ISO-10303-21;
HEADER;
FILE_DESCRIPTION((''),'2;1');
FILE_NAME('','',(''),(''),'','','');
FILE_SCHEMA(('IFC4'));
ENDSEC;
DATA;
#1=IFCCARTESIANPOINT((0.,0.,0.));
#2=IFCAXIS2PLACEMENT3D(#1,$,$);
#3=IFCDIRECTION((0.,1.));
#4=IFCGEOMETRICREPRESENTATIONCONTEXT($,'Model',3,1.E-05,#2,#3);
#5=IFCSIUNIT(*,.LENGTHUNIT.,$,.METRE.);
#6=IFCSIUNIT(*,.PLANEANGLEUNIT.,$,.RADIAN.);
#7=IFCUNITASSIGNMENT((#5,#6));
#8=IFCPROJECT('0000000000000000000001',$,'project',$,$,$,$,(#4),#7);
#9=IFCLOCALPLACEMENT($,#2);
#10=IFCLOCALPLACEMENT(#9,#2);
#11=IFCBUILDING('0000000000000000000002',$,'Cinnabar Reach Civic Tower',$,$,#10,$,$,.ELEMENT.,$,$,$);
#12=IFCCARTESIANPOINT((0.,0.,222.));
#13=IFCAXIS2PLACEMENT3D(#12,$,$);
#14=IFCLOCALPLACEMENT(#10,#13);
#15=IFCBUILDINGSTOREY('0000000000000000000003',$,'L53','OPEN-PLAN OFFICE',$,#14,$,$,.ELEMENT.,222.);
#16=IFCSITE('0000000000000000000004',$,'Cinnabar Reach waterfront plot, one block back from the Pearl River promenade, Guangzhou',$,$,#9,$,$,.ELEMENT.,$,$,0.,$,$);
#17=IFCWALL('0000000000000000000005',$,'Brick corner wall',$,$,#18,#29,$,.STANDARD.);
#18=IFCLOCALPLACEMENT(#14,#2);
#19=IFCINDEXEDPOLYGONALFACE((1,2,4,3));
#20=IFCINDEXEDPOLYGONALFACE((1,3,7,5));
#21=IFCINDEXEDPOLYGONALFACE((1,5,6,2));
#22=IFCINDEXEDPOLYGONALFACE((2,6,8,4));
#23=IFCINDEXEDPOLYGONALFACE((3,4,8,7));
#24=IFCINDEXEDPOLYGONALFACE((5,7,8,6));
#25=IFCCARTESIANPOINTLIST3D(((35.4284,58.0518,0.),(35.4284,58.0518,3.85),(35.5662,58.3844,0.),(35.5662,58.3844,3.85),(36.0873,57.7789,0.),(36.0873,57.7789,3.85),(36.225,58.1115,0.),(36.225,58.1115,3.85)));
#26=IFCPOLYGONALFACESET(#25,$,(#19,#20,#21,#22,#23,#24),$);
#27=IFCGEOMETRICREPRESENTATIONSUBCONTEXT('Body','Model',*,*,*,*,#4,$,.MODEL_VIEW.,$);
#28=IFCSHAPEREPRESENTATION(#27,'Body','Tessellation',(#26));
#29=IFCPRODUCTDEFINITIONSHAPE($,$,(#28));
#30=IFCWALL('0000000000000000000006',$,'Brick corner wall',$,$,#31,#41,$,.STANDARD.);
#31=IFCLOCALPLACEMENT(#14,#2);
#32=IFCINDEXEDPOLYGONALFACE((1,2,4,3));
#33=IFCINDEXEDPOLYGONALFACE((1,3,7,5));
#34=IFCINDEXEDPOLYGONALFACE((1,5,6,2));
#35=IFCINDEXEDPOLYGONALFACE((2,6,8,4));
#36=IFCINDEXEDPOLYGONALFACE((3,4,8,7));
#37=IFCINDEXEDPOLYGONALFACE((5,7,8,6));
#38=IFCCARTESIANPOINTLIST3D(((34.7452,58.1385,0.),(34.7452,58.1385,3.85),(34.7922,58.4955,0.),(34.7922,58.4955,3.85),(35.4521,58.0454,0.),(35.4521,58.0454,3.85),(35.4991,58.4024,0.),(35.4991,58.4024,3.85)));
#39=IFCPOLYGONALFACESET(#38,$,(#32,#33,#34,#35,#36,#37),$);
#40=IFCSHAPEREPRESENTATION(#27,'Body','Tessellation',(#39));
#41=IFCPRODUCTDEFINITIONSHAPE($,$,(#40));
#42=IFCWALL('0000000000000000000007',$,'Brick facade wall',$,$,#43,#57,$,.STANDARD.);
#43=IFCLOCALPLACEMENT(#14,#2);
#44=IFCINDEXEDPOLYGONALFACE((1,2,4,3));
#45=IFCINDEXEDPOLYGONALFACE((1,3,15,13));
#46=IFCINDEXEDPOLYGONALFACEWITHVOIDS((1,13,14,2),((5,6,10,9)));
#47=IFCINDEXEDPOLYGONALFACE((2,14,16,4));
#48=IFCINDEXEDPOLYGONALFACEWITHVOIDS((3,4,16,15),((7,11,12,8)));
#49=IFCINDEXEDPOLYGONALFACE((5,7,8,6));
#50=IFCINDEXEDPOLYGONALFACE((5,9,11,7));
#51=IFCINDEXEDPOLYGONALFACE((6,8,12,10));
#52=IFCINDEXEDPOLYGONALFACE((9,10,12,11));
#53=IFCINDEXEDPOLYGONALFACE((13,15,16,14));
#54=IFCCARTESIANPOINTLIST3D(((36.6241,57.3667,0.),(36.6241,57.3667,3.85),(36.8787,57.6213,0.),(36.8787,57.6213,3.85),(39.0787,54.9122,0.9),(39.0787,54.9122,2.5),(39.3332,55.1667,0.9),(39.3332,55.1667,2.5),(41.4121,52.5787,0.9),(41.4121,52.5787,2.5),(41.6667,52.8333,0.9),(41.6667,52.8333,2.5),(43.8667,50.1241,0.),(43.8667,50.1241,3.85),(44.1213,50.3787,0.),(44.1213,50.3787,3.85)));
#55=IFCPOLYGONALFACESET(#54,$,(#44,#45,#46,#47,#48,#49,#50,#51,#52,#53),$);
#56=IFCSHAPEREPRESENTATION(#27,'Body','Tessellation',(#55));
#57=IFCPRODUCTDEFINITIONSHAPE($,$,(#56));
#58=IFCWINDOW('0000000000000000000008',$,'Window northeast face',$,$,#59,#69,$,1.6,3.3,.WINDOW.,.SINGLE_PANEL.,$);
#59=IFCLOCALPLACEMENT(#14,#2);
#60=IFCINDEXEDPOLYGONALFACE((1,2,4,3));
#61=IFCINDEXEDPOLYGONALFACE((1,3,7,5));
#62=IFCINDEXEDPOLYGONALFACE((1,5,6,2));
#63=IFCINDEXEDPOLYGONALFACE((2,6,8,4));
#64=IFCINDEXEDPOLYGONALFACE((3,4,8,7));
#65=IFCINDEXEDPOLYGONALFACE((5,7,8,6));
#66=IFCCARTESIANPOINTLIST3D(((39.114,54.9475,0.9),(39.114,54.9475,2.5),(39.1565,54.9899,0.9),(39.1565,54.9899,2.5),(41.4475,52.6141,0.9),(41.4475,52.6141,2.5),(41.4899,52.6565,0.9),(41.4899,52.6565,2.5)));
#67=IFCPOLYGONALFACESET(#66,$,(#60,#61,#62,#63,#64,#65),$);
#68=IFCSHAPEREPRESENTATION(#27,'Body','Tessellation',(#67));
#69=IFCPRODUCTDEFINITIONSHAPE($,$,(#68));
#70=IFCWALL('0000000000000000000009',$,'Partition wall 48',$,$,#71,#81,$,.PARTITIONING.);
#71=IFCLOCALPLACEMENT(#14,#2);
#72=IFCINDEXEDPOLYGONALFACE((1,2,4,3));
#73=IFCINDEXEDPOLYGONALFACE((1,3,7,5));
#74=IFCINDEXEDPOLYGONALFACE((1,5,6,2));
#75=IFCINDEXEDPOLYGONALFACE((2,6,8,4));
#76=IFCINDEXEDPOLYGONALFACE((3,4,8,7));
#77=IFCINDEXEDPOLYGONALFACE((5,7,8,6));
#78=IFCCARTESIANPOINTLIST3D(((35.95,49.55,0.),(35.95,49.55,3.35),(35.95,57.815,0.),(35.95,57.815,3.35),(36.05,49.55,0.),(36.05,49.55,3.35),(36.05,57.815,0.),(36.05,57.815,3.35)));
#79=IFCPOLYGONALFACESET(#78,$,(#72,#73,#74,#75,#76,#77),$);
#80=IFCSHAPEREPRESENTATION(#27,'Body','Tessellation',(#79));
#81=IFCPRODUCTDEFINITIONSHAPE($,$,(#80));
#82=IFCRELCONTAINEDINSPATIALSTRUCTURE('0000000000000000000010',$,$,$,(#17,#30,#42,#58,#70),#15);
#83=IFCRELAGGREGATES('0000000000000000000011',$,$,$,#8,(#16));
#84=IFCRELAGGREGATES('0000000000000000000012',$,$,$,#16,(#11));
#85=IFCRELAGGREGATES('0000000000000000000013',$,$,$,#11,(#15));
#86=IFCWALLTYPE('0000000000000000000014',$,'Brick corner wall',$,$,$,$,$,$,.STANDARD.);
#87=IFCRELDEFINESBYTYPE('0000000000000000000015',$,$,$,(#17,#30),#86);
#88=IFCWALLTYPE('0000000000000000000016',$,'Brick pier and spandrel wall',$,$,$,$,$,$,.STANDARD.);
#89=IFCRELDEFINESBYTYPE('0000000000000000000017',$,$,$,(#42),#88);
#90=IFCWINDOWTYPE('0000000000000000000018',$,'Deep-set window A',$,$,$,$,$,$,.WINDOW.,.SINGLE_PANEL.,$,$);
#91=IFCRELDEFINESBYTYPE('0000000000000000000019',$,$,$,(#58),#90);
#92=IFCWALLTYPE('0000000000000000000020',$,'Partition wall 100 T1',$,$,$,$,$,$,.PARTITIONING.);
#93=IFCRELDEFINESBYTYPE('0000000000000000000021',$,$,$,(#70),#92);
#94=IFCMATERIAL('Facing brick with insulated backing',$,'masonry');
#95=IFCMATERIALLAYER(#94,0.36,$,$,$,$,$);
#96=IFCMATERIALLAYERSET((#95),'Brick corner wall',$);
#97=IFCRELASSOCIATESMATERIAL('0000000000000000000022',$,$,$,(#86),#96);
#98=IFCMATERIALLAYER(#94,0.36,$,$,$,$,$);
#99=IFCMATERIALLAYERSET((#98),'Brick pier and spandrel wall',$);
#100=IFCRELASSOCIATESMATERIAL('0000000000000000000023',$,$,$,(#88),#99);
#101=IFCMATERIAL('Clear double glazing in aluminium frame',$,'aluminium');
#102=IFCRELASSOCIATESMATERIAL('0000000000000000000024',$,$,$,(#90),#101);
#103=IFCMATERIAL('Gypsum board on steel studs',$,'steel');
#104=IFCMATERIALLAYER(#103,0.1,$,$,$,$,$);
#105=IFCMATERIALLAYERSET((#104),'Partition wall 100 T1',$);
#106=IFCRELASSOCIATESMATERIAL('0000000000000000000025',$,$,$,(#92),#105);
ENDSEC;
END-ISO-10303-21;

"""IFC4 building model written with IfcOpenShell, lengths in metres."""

from ifc_helpers import new_model, si_unit, direction, frame, frame_2d, origin, place, context, subcontext, project, spatial, rectangle, extrude, material, layer, layer_set, type_object, element, fill, save


model = new_model("IFC4")

# Units and contexts
model_context = context("Model", 3, precision=1e-05, world=origin(), true_north=direction((0.0, 1.0)))
body_context = subcontext(model_context, "Body", "Model", "MODEL_VIEW")
ifc_project = project(units=[si_unit("LENGTHUNIT", "METRE"), si_unit("PLANEANGLEUNIT", "RADIAN")], contexts=[model_context])

# Site, building, storey
site_placement = place(None, origin())
site = spatial("IfcSite", under=ifc_project, at=site_placement, Name="Cinnabar Reach waterfront plot, one block back from the Pearl River promenade, Guangzhou", CompositionType="ELEMENT", RefElevation=0.0)
building_placement = place(site_placement, origin())
building = spatial("IfcBuilding", under=site, at=building_placement, Name="Cinnabar Reach Civic Tower", CompositionType="ELEMENT")
storey_placement = place(building_placement, frame((0.0, 0.0, 222.0)))
storey = spatial("IfcBuildingStorey", under=building, at=storey_placement, Name="L53", Description="OPEN-PLAN OFFICE", CompositionType="ELEMENT", Elevation=222.0)

# Walls
ifc_material_1 = material(Name="Facing brick with insulated backing", Category="masonry")
ifc_layer_1 = layer(ifc_material_1, 0.36)
ifc_layer_set_1 = layer_set([ifc_layer_1], Name="Brick corner wall")
wall_type_1 = type_object("IfcWallType", Name="Brick corner wall", PredefinedType="STANDARD", material=ifc_layer_set_1)
for number, where, z_axis, x_axis, name in (
    (1, (36.1561, 57.9452, 0.0), (0.0, 0.0, 1.0), (-0.923872, 0.382703, 0.0), "Brick corner wall"),
    (2, (35.4756, 58.2239, 0.0), (0.0, 0.0, 1.0), (-0.991441, 0.130556, 0.0), "Brick corner wall"),
):
    element("IfcWall", number, at=place(storey_placement, frame(where, z_axis=z_axis, x_axis=x_axis)), inside=storey, type_object=wall_type_1, Name=name, PredefinedType="STANDARD", context=body_context, shape_type="SweptSolid", body=[
        extrude(rectangle(XDim=0.7131, YDim=0.36, at=frame_2d((0.3565, 0.0))), origin(), (0.0, 0.0, 1.0), 3.85),
    ])

# Wall, opening, window
ifc_layer_2 = layer(ifc_material_1, 0.36)
ifc_layer_set_2 = layer_set([ifc_layer_2], Name="Brick pier and spandrel wall")
wall_type_2 = type_object("IfcWallType", Name="Brick pier and spandrel wall", PredefinedType="STANDARD", material=ifc_layer_set_2)
wall_1_placement = place(storey_placement, frame((43.994, 50.2514, 0.0), z_axis=(0.0, 0.0, 1.0), x_axis=(-0.707107, 0.707107, 0.0)))
wall_1 = element("IfcWall", 3, at=wall_1_placement, inside=storey, type_object=wall_type_2, Name="Brick facade wall", PredefinedType="STANDARD", context=body_context, shape_type="SweptSolid", body=[
    extrude(rectangle(XDim=10.2426, YDim=0.36, at=frame_2d((5.1213, 0.0))), origin(), (0.0, 0.0, 1.0), 3.85),
])
opening_placement = place(wall_1_placement, frame((3.4713, 0.0, 0.9)))
opening = element("IfcOpeningElement", 4, at=opening_placement, cuts=wall_1, PredefinedType="OPENING", context=body_context, shape_type="SweptSolid", body=[
    extrude(rectangle(XDim=3.3, YDim=1.6, at=frame_2d((1.65, 0.8))), frame((0.0, 0.19, 0.0), z_axis=(0.0, -1.0, 0.0), x_axis=(1.0, 0.0, 0.0)), (0.0, 0.0, 1.0), 0.38),
])
ifc_material_2 = material(Name="Clear double glazing in aluminium frame", Category="aluminium")
window_type = type_object("IfcWindowType", Name="Deep-set window A", PartitioningType="SINGLE_PANEL", PredefinedType="WINDOW", material=ifc_material_2)
window_placement = place(opening_placement, origin())
window = element("IfcWindow", 5, at=window_placement, inside=storey, type_object=window_type, Name="Window northeast face", OverallHeight=1.6, OverallWidth=3.3, PartitioningType="SINGLE_PANEL", PredefinedType="WINDOW", context=body_context, shape_type="SweptSolid", body=[
    extrude(rectangle(XDim=3.3, YDim=1.6, at=frame_2d((1.65, 0.8))), frame((0.0, 0.13, 0.0), z_axis=(0.0, -1.0, 0.0), x_axis=(1.0, 0.0, 0.0)), (0.0, 0.0, 1.0), 0.06),
])
fill(opening, window)

# Wall
ifc_material_3 = material(Name="Gypsum board on steel studs", Category="steel")
ifc_layer_3 = layer(ifc_material_3, 0.1)
ifc_layer_set_3 = layer_set([ifc_layer_3], Name="Partition wall 100 T1")
wall_type_3 = type_object("IfcWallType", Name="Partition wall 100 T1", PredefinedType="PARTITIONING", material=ifc_layer_set_3)
wall_2_placement = place(storey_placement, frame((36.0, 49.55, 0.0), z_axis=(0.0, 0.0, 1.0), x_axis=(0.0, 1.0, 0.0)))
element("IfcWall", 6, at=wall_2_placement, inside=storey, type_object=wall_type_3, Name="Partition wall 48", PredefinedType="PARTITIONING", context=body_context, shape_type="SweptSolid", body=[
    extrude(rectangle(XDim=8.265, YDim=0.1, at=frame_2d((4.1325, 0.0))), origin(), (0.0, 0.0, 1.0), 3.35),
])

save(model, "model.ifc")
